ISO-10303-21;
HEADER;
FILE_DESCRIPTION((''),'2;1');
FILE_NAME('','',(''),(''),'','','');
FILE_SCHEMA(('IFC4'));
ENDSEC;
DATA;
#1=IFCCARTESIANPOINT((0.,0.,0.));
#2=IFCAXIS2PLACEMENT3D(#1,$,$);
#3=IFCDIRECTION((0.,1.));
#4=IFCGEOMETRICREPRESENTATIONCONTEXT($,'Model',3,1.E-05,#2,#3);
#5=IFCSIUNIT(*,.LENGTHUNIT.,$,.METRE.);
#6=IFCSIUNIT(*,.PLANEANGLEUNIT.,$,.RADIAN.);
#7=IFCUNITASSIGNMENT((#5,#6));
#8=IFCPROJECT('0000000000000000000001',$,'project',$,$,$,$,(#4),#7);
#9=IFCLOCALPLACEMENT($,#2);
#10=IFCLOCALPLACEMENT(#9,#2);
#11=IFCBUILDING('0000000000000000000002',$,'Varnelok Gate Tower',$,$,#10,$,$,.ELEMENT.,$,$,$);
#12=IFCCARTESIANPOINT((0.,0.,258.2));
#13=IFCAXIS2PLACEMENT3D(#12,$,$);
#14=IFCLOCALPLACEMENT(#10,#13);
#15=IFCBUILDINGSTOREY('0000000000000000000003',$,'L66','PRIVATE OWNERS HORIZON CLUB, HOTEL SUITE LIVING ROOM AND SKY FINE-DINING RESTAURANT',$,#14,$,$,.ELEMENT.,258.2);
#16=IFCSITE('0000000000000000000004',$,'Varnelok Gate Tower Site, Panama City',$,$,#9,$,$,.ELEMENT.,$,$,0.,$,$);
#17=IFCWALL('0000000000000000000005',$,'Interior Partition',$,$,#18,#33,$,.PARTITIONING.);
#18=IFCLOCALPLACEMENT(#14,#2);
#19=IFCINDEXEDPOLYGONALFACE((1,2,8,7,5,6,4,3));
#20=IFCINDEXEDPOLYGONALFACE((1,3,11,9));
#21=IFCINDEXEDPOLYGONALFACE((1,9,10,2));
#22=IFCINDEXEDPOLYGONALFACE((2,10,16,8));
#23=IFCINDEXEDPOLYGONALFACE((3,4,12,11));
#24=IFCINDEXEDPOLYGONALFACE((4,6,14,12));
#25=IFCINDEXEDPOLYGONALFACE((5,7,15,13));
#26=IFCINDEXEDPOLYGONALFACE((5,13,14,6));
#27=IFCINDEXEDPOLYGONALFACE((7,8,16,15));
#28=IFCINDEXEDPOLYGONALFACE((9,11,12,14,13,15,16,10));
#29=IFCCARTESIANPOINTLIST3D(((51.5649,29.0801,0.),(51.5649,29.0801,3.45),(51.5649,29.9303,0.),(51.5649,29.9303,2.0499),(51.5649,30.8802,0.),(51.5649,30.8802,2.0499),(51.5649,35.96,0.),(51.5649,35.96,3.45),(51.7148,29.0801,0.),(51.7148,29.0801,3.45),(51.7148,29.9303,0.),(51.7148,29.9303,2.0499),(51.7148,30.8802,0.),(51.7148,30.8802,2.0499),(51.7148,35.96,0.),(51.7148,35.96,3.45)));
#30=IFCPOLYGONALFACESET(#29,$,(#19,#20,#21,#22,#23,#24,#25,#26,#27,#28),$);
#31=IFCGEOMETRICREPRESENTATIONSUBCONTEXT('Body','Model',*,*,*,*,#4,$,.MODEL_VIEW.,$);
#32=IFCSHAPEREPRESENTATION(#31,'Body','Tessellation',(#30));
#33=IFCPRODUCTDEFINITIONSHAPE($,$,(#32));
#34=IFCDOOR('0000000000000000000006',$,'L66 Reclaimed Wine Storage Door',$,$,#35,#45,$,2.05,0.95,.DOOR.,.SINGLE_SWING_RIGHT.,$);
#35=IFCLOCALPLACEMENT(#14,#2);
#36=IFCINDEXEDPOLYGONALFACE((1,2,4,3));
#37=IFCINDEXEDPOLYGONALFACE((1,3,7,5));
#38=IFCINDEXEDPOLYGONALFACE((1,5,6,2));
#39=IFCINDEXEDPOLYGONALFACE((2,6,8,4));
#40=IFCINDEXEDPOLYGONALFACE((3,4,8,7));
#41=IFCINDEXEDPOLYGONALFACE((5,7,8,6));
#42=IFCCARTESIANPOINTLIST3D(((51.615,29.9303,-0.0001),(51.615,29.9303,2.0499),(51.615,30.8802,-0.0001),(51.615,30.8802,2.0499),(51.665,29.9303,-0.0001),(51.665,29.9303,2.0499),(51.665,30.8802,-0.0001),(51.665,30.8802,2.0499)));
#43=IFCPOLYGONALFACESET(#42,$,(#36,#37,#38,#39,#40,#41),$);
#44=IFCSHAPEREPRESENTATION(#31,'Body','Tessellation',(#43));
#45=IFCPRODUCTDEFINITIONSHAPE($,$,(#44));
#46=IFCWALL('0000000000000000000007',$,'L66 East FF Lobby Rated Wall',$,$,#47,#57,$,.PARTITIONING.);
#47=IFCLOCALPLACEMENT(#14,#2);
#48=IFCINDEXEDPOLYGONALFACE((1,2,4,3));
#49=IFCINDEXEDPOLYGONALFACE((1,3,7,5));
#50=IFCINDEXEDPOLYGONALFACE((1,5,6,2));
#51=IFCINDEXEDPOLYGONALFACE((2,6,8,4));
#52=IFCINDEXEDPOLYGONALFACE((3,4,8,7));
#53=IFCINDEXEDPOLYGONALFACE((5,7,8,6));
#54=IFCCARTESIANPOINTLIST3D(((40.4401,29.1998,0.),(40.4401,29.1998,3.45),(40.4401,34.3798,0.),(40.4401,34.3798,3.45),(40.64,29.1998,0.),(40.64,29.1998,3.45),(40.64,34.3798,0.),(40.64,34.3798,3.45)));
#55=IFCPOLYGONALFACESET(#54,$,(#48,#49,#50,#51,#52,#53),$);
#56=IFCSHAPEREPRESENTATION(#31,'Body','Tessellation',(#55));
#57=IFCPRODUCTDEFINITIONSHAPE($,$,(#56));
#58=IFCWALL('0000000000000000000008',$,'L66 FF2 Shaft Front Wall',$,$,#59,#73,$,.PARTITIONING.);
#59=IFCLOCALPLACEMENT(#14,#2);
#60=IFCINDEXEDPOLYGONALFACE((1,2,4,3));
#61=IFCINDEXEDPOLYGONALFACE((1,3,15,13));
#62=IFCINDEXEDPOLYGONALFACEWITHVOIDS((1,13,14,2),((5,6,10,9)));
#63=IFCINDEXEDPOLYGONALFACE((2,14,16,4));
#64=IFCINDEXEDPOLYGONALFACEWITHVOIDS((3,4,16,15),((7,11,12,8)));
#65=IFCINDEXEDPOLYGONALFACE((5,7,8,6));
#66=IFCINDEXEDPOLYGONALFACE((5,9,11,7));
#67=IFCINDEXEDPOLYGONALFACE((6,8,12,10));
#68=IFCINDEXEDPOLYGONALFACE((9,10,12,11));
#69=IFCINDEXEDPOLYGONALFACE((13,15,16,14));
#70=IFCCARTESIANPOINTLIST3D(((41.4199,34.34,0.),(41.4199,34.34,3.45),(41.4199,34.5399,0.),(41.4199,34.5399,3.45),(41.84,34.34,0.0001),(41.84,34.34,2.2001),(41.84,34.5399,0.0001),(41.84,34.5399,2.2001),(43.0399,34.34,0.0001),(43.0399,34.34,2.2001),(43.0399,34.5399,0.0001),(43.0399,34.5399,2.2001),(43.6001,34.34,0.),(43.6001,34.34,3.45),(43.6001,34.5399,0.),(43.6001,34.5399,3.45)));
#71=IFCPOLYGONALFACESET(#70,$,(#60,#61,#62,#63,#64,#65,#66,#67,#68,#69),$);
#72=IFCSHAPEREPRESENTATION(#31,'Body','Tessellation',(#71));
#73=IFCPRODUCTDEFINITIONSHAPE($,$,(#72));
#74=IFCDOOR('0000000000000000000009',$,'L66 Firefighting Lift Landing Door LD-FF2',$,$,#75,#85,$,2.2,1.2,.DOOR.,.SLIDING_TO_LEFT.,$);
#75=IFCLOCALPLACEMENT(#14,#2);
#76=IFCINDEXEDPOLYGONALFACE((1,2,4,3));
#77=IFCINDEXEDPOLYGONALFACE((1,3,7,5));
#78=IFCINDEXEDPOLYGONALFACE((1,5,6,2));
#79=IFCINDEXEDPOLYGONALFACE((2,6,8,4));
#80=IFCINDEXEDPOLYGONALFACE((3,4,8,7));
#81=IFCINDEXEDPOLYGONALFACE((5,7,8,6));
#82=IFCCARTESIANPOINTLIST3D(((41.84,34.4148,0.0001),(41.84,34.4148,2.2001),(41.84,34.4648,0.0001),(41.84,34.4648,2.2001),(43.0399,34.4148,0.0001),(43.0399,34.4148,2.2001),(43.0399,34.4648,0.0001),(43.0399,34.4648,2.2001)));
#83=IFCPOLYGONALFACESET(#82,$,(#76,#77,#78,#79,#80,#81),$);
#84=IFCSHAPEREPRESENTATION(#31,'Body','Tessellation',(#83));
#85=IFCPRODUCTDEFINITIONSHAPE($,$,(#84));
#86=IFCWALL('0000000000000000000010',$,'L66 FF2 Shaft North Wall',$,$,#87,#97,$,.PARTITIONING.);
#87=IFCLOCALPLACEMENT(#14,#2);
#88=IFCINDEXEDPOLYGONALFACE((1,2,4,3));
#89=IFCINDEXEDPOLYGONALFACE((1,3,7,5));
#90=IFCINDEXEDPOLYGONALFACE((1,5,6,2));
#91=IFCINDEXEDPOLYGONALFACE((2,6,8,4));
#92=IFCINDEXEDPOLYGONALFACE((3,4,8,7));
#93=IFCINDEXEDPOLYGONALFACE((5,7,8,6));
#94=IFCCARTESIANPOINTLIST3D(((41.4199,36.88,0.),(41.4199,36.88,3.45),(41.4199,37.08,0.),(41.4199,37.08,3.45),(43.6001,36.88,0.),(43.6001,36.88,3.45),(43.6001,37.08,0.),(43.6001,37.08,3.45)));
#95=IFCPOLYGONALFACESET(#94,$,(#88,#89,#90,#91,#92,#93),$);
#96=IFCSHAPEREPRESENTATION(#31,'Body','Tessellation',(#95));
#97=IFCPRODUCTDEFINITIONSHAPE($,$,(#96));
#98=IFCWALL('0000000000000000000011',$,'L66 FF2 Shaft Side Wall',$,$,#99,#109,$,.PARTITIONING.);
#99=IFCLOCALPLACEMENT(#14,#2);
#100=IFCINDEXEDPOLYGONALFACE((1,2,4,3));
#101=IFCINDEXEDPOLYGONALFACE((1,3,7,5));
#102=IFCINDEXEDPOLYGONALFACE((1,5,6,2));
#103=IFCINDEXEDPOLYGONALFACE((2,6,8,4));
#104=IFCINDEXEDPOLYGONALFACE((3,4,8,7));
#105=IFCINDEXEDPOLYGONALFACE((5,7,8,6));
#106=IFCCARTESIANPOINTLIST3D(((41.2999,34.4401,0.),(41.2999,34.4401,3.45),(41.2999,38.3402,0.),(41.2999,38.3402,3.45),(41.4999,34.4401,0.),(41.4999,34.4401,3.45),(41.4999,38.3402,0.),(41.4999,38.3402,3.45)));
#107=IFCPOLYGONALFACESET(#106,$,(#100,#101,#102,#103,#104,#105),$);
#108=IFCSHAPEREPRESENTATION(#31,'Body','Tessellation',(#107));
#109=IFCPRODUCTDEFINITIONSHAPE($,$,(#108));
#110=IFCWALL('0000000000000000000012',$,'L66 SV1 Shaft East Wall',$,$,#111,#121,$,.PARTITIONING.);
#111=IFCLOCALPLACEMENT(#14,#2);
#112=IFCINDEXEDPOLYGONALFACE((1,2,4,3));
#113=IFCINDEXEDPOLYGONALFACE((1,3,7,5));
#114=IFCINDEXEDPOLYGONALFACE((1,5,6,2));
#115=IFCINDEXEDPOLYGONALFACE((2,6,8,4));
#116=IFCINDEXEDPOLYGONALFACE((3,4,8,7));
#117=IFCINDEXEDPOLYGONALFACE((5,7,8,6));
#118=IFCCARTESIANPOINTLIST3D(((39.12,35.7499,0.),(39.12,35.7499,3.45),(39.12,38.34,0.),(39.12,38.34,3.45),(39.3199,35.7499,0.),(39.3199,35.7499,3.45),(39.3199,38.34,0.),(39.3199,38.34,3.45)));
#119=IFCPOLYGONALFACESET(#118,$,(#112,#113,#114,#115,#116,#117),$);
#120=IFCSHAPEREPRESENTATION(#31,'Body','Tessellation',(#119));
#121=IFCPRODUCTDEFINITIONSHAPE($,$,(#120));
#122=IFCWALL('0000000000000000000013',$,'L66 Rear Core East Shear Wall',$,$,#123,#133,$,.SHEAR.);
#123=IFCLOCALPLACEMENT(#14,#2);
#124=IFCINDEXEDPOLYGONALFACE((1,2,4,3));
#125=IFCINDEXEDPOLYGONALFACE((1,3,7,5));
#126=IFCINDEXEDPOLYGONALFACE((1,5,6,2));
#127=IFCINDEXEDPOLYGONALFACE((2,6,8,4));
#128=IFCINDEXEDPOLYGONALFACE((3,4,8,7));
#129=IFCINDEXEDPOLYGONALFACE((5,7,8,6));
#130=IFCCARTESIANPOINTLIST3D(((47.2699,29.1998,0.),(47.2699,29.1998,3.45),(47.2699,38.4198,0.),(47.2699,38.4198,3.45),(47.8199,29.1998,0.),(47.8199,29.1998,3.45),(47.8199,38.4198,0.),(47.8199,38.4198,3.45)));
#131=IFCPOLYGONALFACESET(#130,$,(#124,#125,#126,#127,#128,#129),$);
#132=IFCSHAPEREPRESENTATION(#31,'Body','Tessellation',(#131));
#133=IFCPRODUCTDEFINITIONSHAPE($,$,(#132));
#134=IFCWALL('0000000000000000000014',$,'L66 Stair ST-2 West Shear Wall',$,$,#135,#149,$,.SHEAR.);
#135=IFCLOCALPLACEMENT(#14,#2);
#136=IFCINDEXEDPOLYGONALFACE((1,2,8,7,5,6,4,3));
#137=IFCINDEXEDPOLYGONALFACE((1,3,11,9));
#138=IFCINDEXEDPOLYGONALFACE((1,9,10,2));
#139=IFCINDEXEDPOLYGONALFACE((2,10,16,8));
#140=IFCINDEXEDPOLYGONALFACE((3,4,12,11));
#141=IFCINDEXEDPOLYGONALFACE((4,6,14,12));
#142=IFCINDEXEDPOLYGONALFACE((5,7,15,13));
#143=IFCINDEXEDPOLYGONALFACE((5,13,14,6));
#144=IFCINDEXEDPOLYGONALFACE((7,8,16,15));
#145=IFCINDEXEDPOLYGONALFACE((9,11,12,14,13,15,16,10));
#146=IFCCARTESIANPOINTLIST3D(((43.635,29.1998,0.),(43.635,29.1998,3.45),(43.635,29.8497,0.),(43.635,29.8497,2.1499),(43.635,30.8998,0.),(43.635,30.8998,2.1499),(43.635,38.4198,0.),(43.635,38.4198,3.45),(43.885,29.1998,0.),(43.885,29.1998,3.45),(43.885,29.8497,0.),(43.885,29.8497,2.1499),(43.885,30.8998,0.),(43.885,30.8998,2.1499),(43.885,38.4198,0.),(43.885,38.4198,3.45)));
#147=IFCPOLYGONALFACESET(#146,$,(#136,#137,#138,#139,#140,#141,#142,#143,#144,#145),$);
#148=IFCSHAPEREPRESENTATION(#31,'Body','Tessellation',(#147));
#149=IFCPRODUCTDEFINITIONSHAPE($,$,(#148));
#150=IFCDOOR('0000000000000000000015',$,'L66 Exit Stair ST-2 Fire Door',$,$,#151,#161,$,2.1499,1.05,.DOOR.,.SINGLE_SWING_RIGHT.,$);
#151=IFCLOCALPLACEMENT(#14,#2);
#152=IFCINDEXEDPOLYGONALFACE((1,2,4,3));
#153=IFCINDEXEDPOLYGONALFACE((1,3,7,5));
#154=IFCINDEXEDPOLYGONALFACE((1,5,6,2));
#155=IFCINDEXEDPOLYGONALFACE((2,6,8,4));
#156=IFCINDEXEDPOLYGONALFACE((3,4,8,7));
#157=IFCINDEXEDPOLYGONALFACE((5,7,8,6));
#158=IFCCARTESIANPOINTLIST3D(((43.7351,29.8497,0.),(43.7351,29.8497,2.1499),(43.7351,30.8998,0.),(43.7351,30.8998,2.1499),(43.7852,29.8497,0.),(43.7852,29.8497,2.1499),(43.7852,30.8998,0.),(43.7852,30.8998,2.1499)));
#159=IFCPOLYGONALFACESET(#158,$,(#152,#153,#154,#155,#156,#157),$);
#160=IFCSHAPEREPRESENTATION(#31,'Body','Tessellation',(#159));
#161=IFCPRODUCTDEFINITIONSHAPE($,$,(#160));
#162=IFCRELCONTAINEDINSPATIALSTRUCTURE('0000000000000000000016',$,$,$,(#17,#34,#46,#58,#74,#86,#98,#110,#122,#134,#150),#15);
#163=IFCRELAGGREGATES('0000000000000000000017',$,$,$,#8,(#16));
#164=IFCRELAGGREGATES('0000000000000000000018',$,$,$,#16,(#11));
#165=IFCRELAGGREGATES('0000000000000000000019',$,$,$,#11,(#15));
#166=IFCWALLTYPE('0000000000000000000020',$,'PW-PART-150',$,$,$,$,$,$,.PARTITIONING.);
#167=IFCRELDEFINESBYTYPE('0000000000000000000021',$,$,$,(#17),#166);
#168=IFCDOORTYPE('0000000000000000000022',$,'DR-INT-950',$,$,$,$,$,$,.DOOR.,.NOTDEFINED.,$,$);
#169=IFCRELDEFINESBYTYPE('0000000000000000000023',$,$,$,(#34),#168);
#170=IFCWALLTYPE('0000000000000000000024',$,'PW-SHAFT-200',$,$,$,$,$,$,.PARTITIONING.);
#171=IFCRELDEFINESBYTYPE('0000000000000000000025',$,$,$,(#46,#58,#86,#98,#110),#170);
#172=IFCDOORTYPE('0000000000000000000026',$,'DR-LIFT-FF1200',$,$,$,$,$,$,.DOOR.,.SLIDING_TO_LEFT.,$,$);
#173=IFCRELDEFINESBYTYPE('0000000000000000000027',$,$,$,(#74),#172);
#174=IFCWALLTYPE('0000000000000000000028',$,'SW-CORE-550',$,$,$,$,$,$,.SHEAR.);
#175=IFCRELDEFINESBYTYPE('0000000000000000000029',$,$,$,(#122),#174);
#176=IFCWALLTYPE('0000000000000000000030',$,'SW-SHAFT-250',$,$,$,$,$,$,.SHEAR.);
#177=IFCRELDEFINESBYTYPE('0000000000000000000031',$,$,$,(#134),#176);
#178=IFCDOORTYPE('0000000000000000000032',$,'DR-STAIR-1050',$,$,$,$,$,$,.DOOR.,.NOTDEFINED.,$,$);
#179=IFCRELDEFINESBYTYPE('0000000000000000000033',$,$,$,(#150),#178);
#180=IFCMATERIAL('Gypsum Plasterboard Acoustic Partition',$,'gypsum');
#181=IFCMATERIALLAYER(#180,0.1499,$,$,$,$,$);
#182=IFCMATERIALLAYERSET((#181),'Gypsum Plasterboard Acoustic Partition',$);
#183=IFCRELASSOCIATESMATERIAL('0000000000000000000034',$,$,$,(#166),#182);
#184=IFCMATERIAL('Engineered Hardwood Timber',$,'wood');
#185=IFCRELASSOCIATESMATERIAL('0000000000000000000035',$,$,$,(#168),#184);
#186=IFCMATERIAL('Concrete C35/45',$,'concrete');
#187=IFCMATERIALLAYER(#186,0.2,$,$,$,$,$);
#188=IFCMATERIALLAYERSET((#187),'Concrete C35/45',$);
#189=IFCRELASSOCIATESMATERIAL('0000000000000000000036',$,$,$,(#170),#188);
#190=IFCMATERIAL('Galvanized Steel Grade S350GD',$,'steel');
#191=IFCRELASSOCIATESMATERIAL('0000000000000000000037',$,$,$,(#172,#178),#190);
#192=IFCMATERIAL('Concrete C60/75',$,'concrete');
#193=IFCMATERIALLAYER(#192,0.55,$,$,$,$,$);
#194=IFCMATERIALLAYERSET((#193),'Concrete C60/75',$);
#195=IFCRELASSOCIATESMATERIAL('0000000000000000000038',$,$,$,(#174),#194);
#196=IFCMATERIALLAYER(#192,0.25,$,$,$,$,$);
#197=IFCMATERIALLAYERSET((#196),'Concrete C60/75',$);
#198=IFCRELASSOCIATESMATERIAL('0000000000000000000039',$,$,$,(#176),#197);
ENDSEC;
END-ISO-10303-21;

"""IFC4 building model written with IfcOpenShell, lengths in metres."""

from ifc_helpers import new_model, si_unit, direction, frame, frame_2d, origin, place, context, subcontext, project, spatial, rectangle, extrude, material, layer, layer_set, type_object, element, fill, save


model = new_model("IFC4")

# Units and contexts
model_context = context("Model", 3, precision=1e-05, world=origin(), true_north=direction((0.0, 1.0)))
body_context = subcontext(model_context, "Body", "Model", "MODEL_VIEW")
ifc_project = project(units=[si_unit("LENGTHUNIT", "METRE"), si_unit("PLANEANGLEUNIT", "RADIAN")], contexts=[model_context])

# Site, building, storey
site_placement = place(None, origin())
site = spatial("IfcSite", under=ifc_project, at=site_placement, Name="Varnelok Gate Tower Site, Panama City", CompositionType="ELEMENT", RefElevation=0.0)
building_placement = place(site_placement, origin())
building = spatial("IfcBuilding", under=site, at=building_placement, Name="Varnelok Gate Tower", CompositionType="ELEMENT")
storey_placement = place(building_placement, frame((0.0, 0.0, 258.2)))
storey = spatial("IfcBuildingStorey", under=building, at=storey_placement, Name="L66", Description="PRIVATE OWNERS HORIZON CLUB, HOTEL SUITE LIVING ROOM AND SKY FINE-DINING RESTAURANT", CompositionType="ELEMENT", Elevation=258.2)

# Shared definitions
ifc_material_1 = material(Name="Gypsum Plasterboard Acoustic Partition", Category="gypsum")
ifc_material_2 = material(Name="Galvanized Steel Grade S350GD", Category="steel")

# Shared definitions
ifc_layer_1 = layer(ifc_material_1, 0.1499)
ifc_layer_set_1 = layer_set([ifc_layer_1], Name="Gypsum Plasterboard Acoustic Partition")
wall_type_1 = type_object("IfcWallType", Name="PW-PART-150", PredefinedType="PARTITIONING", material=ifc_layer_set_1)
ifc_material_3 = material(Name="Engineered Hardwood Timber", Category="wood")
door_type_1 = type_object("IfcDoorType", Name="DR-INT-950", OperationType="NOTDEFINED", PredefinedType="DOOR", material=ifc_material_3)

# Wall, opening, door
wall_1_placement = place(storey_placement, frame((51.6399, 29.0801, 0.0), z_axis=(0.0, 0.0, 1.0), x_axis=(0.0, 1.0, 0.0)))
wall_1 = element("IfcWall", 1, at=wall_1_placement, inside=storey, type_object=wall_type_1, Name="Interior Partition", PredefinedType="PARTITIONING", context=body_context, shape_type="SweptSolid", body=[
    extrude(rectangle(XDim=6.8799, YDim=0.1499, at=frame_2d((3.4399, 0.0))), origin(), (0.0, 0.0, 1.0), 3.45),
])
opening_1_placement = place(wall_1_placement, frame((0.8501, 0.0, 0.0)))
opening_1 = element("IfcOpeningElement", 2, at=opening_1_placement, cuts=wall_1, PredefinedType="OPENING", context=body_context, shape_type="SweptSolid", body=[
    extrude(rectangle(XDim=0.95, YDim=2.05, at=frame_2d((0.4751, 1.0249))), frame((0.0, 0.085, 0.0), z_axis=(0.0, -1.0, 0.0), x_axis=(1.0, 0.0, 0.0)), (0.0, 0.0, 1.0), 0.1699),
])
door_1_placement = place(opening_1_placement, origin())
door_1 = element("IfcDoor", 3, at=door_1_placement, inside=storey, type_object=door_type_1, Name="L66 Reclaimed Wine Storage Door", OperationType="SINGLE_SWING_RIGHT", OverallHeight=2.05, OverallWidth=0.95, PredefinedType="DOOR", context=body_context, shape_type="SweptSolid", body=[
    extrude(rectangle(XDim=0.95, YDim=2.05, at=frame_2d((0.4751, 1.0249))), frame((0.0, 0.0249, 0.0), z_axis=(0.0, -1.0, 0.0), x_axis=(1.0, 0.0, 0.0)), (0.0, 0.0, 1.0), 0.05),
])
fill(opening_1, door_1)

# Wall
ifc_material_4 = material(Name="Concrete C35/45", Category="concrete")
ifc_layer_2 = layer(ifc_material_4, 0.2)
ifc_layer_set_2 = layer_set([ifc_layer_2], Name="Concrete C35/45")
wall_type_2 = type_object("IfcWallType", Name="PW-SHAFT-200", PredefinedType="PARTITIONING", material=ifc_layer_set_2)
wall_2_placement = place(storey_placement, frame((40.54, 29.2, 0.0), z_axis=(0.0, 0.0, 1.0), x_axis=(0.0, 1.0, 0.0)))
element("IfcWall", 4, at=wall_2_placement, inside=storey, type_object=wall_type_2, Name="L66 East FF Lobby Rated Wall", PredefinedType="PARTITIONING", context=body_context, shape_type="SweptSolid", body=[
    extrude(rectangle(XDim=5.1799, YDim=0.2, at=frame_2d((2.5898, 0.0))), origin(), (0.0, 0.0, 1.0), 3.45),
])

# Wall, opening, door
wall_3_placement = place(storey_placement, frame((41.4199, 34.4399, 0.0), z_axis=(0.0, 0.0, 1.0), x_axis=(1.0, 0.0, 0.0)))
wall_3 = element("IfcWall", 5, at=wall_3_placement, inside=storey, type_object=wall_type_2, Name="L66 FF2 Shaft Front Wall", PredefinedType="PARTITIONING", context=body_context, shape_type="SweptSolid", body=[
    extrude(rectangle(XDim=2.1802, YDim=0.2, at=frame_2d((1.0901, 0.0))), origin(), (0.0, 0.0, 1.0), 3.45),
])
opening_2_placement = place(wall_3_placement, frame((0.4199, 0.0, 0.0)))
opening_2 = element("IfcOpeningElement", 6, at=opening_2_placement, cuts=wall_3, PredefinedType="OPENING", context=body_context, shape_type="SweptSolid", body=[
    extrude(rectangle(XDim=1.2, YDim=2.2, at=frame_2d((0.6001, 1.1001))), frame((0.0, 0.1099, 0.0), z_axis=(0.0, -1.0, 0.0), x_axis=(1.0, 0.0, 0.0)), (0.0, 0.0, 1.0), 0.22),
])
door_type_2 = type_object("IfcDoorType", Name="DR-LIFT-FF1200", OperationType="SLIDING_TO_LEFT", PredefinedType="DOOR", material=ifc_material_2)
door_2_placement = place(opening_2_placement, origin())
door_2 = element("IfcDoor", 7, at=door_2_placement, inside=storey, type_object=door_type_2, Name="L66 Firefighting Lift Landing Door LD-FF2", OperationType="SLIDING_TO_LEFT", OverallHeight=2.2, OverallWidth=1.2, PredefinedType="DOOR", context=body_context, shape_type="SweptSolid", body=[
    extrude(rectangle(XDim=1.2, YDim=2.2, at=frame_2d((0.6001, 1.1001))), frame((0.0, 0.0249, 0.0), z_axis=(0.0, -1.0, 0.0), x_axis=(1.0, 0.0, 0.0)), (0.0, 0.0, 1.0), 0.05),
])
fill(opening_2, door_2)

# Walls
wall_4_placement = place(storey_placement, frame((41.4199, 36.98, 0.0), z_axis=(0.0, 0.0, 1.0), x_axis=(1.0, 0.0, 0.0)))
element("IfcWall", 8, at=wall_4_placement, inside=storey, type_object=wall_type_2, Name="L66 FF2 Shaft North Wall", PredefinedType="PARTITIONING", context=body_context, shape_type="SweptSolid", body=[
    extrude(rectangle(XDim=2.1802, YDim=0.2, at=frame_2d((1.0901, 0.0))), origin(), (0.0, 0.0, 1.0), 3.45),
])
wall_5_placement = place(storey_placement, frame((41.3999, 34.4399, 0.0), z_axis=(0.0, 0.0, 1.0), x_axis=(0.0, 1.0, 0.0)))
element("IfcWall", 9, at=wall_5_placement, inside=storey, type_object=wall_type_2, Name="L66 FF2 Shaft Side Wall", PredefinedType="PARTITIONING", context=body_context, shape_type="SweptSolid", body=[
    extrude(rectangle(XDim=3.9001, YDim=0.2, at=frame_2d((1.9502, 0.0))), origin(), (0.0, 0.0, 1.0), 3.45),
])
wall_6_placement = place(storey_placement, frame((39.22, 35.75, 0.0), z_axis=(0.0, 0.0, 1.0), x_axis=(0.0, 1.0, 0.0)))
element("IfcWall", 10, at=wall_6_placement, inside=storey, type_object=wall_type_2, Name="L66 SV1 Shaft East Wall", PredefinedType="PARTITIONING", context=body_context, shape_type="SweptSolid", body=[
    extrude(rectangle(XDim=2.5901, YDim=0.2, at=frame_2d((1.2949, 0.0))), origin(), (0.0, 0.0, 1.0), 3.45),
])
ifc_material_5 = material(Name="Concrete C60/75", Category="concrete")
ifc_layer_3 = layer(ifc_material_5, 0.55)
ifc_layer_set_3 = layer_set([ifc_layer_3], Name="Concrete C60/75")
wall_type_3 = type_object("IfcWallType", Name="SW-CORE-550", PredefinedType="SHEAR", material=ifc_layer_set_3)
wall_7_placement = place(storey_placement, frame((47.5449, 29.2, 0.0), z_axis=(0.0, 0.0, 1.0), x_axis=(0.0, 1.0, 0.0)))
element("IfcWall", 11, at=wall_7_placement, inside=storey, type_object=wall_type_3, Name="L66 Rear Core East Shear Wall", PredefinedType="SHEAR", context=body_context, shape_type="SweptSolid", body=[
    extrude(rectangle(XDim=9.22, YDim=0.55, at=frame_2d((4.6099, 0.0))), origin(), (0.0, 0.0, 1.0), 3.45),
])

# Wall, opening, door
ifc_layer_4 = layer(ifc_material_5, 0.25)
ifc_layer_set_4 = layer_set([ifc_layer_4], Name="Concrete C60/75")
wall_type_4 = type_object("IfcWallType", Name="SW-SHAFT-250", PredefinedType="SHEAR", material=ifc_layer_set_4)
wall_8_placement = place(storey_placement, frame((43.76, 29.2, 0.0), z_axis=(0.0, 0.0, 1.0), x_axis=(0.0, 1.0, 0.0)))
wall_8 = element("IfcWall", 12, at=wall_8_placement, inside=storey, type_object=wall_type_4, Name="L66 Stair ST-2 West Shear Wall", PredefinedType="SHEAR", context=body_context, shape_type="SweptSolid", body=[
    extrude(rectangle(XDim=9.22, YDim=0.25, at=frame_2d((4.6099, 0.0))), origin(), (0.0, 0.0, 1.0), 3.45),
])
opening_3_placement = place(wall_8_placement, frame((0.6499, 0.0, 0.0)))
opening_3 = element("IfcOpeningElement", 13, at=opening_3_placement, cuts=wall_8, PredefinedType="OPENING", context=body_context, shape_type="SweptSolid", body=[
    extrude(rectangle(XDim=1.05, YDim=2.1499, at=frame_2d((0.5249, 1.075))), frame((0.0, 0.135, 0.0), z_axis=(0.0, -1.0, 0.0), x_axis=(1.0, 0.0, 0.0)), (0.0, 0.0, 1.0), 0.27),
])
door_type_3 = type_object("IfcDoorType", Name="DR-STAIR-1050", OperationType="NOTDEFINED", PredefinedType="DOOR", material=ifc_material_2)
door_3_placement = place(opening_3_placement, origin())
door_3 = element("IfcDoor", 14, at=door_3_placement, inside=storey, type_object=door_type_3, Name="L66 Exit Stair ST-2 Fire Door", OperationType="SINGLE_SWING_RIGHT", OverallHeight=2.1499, OverallWidth=1.05, PredefinedType="DOOR", context=body_context, shape_type="SweptSolid", body=[
    extrude(rectangle(XDim=1.05, YDim=2.1499, at=frame_2d((0.5249, 1.075))), frame((0.0, 0.0249, 0.0), z_axis=(0.0, -1.0, 0.0), x_axis=(1.0, 0.0, 0.0)), (0.0, 0.0, 1.0), 0.05),
])
fill(opening_3, door_3)

save(model, "model.ifc")
